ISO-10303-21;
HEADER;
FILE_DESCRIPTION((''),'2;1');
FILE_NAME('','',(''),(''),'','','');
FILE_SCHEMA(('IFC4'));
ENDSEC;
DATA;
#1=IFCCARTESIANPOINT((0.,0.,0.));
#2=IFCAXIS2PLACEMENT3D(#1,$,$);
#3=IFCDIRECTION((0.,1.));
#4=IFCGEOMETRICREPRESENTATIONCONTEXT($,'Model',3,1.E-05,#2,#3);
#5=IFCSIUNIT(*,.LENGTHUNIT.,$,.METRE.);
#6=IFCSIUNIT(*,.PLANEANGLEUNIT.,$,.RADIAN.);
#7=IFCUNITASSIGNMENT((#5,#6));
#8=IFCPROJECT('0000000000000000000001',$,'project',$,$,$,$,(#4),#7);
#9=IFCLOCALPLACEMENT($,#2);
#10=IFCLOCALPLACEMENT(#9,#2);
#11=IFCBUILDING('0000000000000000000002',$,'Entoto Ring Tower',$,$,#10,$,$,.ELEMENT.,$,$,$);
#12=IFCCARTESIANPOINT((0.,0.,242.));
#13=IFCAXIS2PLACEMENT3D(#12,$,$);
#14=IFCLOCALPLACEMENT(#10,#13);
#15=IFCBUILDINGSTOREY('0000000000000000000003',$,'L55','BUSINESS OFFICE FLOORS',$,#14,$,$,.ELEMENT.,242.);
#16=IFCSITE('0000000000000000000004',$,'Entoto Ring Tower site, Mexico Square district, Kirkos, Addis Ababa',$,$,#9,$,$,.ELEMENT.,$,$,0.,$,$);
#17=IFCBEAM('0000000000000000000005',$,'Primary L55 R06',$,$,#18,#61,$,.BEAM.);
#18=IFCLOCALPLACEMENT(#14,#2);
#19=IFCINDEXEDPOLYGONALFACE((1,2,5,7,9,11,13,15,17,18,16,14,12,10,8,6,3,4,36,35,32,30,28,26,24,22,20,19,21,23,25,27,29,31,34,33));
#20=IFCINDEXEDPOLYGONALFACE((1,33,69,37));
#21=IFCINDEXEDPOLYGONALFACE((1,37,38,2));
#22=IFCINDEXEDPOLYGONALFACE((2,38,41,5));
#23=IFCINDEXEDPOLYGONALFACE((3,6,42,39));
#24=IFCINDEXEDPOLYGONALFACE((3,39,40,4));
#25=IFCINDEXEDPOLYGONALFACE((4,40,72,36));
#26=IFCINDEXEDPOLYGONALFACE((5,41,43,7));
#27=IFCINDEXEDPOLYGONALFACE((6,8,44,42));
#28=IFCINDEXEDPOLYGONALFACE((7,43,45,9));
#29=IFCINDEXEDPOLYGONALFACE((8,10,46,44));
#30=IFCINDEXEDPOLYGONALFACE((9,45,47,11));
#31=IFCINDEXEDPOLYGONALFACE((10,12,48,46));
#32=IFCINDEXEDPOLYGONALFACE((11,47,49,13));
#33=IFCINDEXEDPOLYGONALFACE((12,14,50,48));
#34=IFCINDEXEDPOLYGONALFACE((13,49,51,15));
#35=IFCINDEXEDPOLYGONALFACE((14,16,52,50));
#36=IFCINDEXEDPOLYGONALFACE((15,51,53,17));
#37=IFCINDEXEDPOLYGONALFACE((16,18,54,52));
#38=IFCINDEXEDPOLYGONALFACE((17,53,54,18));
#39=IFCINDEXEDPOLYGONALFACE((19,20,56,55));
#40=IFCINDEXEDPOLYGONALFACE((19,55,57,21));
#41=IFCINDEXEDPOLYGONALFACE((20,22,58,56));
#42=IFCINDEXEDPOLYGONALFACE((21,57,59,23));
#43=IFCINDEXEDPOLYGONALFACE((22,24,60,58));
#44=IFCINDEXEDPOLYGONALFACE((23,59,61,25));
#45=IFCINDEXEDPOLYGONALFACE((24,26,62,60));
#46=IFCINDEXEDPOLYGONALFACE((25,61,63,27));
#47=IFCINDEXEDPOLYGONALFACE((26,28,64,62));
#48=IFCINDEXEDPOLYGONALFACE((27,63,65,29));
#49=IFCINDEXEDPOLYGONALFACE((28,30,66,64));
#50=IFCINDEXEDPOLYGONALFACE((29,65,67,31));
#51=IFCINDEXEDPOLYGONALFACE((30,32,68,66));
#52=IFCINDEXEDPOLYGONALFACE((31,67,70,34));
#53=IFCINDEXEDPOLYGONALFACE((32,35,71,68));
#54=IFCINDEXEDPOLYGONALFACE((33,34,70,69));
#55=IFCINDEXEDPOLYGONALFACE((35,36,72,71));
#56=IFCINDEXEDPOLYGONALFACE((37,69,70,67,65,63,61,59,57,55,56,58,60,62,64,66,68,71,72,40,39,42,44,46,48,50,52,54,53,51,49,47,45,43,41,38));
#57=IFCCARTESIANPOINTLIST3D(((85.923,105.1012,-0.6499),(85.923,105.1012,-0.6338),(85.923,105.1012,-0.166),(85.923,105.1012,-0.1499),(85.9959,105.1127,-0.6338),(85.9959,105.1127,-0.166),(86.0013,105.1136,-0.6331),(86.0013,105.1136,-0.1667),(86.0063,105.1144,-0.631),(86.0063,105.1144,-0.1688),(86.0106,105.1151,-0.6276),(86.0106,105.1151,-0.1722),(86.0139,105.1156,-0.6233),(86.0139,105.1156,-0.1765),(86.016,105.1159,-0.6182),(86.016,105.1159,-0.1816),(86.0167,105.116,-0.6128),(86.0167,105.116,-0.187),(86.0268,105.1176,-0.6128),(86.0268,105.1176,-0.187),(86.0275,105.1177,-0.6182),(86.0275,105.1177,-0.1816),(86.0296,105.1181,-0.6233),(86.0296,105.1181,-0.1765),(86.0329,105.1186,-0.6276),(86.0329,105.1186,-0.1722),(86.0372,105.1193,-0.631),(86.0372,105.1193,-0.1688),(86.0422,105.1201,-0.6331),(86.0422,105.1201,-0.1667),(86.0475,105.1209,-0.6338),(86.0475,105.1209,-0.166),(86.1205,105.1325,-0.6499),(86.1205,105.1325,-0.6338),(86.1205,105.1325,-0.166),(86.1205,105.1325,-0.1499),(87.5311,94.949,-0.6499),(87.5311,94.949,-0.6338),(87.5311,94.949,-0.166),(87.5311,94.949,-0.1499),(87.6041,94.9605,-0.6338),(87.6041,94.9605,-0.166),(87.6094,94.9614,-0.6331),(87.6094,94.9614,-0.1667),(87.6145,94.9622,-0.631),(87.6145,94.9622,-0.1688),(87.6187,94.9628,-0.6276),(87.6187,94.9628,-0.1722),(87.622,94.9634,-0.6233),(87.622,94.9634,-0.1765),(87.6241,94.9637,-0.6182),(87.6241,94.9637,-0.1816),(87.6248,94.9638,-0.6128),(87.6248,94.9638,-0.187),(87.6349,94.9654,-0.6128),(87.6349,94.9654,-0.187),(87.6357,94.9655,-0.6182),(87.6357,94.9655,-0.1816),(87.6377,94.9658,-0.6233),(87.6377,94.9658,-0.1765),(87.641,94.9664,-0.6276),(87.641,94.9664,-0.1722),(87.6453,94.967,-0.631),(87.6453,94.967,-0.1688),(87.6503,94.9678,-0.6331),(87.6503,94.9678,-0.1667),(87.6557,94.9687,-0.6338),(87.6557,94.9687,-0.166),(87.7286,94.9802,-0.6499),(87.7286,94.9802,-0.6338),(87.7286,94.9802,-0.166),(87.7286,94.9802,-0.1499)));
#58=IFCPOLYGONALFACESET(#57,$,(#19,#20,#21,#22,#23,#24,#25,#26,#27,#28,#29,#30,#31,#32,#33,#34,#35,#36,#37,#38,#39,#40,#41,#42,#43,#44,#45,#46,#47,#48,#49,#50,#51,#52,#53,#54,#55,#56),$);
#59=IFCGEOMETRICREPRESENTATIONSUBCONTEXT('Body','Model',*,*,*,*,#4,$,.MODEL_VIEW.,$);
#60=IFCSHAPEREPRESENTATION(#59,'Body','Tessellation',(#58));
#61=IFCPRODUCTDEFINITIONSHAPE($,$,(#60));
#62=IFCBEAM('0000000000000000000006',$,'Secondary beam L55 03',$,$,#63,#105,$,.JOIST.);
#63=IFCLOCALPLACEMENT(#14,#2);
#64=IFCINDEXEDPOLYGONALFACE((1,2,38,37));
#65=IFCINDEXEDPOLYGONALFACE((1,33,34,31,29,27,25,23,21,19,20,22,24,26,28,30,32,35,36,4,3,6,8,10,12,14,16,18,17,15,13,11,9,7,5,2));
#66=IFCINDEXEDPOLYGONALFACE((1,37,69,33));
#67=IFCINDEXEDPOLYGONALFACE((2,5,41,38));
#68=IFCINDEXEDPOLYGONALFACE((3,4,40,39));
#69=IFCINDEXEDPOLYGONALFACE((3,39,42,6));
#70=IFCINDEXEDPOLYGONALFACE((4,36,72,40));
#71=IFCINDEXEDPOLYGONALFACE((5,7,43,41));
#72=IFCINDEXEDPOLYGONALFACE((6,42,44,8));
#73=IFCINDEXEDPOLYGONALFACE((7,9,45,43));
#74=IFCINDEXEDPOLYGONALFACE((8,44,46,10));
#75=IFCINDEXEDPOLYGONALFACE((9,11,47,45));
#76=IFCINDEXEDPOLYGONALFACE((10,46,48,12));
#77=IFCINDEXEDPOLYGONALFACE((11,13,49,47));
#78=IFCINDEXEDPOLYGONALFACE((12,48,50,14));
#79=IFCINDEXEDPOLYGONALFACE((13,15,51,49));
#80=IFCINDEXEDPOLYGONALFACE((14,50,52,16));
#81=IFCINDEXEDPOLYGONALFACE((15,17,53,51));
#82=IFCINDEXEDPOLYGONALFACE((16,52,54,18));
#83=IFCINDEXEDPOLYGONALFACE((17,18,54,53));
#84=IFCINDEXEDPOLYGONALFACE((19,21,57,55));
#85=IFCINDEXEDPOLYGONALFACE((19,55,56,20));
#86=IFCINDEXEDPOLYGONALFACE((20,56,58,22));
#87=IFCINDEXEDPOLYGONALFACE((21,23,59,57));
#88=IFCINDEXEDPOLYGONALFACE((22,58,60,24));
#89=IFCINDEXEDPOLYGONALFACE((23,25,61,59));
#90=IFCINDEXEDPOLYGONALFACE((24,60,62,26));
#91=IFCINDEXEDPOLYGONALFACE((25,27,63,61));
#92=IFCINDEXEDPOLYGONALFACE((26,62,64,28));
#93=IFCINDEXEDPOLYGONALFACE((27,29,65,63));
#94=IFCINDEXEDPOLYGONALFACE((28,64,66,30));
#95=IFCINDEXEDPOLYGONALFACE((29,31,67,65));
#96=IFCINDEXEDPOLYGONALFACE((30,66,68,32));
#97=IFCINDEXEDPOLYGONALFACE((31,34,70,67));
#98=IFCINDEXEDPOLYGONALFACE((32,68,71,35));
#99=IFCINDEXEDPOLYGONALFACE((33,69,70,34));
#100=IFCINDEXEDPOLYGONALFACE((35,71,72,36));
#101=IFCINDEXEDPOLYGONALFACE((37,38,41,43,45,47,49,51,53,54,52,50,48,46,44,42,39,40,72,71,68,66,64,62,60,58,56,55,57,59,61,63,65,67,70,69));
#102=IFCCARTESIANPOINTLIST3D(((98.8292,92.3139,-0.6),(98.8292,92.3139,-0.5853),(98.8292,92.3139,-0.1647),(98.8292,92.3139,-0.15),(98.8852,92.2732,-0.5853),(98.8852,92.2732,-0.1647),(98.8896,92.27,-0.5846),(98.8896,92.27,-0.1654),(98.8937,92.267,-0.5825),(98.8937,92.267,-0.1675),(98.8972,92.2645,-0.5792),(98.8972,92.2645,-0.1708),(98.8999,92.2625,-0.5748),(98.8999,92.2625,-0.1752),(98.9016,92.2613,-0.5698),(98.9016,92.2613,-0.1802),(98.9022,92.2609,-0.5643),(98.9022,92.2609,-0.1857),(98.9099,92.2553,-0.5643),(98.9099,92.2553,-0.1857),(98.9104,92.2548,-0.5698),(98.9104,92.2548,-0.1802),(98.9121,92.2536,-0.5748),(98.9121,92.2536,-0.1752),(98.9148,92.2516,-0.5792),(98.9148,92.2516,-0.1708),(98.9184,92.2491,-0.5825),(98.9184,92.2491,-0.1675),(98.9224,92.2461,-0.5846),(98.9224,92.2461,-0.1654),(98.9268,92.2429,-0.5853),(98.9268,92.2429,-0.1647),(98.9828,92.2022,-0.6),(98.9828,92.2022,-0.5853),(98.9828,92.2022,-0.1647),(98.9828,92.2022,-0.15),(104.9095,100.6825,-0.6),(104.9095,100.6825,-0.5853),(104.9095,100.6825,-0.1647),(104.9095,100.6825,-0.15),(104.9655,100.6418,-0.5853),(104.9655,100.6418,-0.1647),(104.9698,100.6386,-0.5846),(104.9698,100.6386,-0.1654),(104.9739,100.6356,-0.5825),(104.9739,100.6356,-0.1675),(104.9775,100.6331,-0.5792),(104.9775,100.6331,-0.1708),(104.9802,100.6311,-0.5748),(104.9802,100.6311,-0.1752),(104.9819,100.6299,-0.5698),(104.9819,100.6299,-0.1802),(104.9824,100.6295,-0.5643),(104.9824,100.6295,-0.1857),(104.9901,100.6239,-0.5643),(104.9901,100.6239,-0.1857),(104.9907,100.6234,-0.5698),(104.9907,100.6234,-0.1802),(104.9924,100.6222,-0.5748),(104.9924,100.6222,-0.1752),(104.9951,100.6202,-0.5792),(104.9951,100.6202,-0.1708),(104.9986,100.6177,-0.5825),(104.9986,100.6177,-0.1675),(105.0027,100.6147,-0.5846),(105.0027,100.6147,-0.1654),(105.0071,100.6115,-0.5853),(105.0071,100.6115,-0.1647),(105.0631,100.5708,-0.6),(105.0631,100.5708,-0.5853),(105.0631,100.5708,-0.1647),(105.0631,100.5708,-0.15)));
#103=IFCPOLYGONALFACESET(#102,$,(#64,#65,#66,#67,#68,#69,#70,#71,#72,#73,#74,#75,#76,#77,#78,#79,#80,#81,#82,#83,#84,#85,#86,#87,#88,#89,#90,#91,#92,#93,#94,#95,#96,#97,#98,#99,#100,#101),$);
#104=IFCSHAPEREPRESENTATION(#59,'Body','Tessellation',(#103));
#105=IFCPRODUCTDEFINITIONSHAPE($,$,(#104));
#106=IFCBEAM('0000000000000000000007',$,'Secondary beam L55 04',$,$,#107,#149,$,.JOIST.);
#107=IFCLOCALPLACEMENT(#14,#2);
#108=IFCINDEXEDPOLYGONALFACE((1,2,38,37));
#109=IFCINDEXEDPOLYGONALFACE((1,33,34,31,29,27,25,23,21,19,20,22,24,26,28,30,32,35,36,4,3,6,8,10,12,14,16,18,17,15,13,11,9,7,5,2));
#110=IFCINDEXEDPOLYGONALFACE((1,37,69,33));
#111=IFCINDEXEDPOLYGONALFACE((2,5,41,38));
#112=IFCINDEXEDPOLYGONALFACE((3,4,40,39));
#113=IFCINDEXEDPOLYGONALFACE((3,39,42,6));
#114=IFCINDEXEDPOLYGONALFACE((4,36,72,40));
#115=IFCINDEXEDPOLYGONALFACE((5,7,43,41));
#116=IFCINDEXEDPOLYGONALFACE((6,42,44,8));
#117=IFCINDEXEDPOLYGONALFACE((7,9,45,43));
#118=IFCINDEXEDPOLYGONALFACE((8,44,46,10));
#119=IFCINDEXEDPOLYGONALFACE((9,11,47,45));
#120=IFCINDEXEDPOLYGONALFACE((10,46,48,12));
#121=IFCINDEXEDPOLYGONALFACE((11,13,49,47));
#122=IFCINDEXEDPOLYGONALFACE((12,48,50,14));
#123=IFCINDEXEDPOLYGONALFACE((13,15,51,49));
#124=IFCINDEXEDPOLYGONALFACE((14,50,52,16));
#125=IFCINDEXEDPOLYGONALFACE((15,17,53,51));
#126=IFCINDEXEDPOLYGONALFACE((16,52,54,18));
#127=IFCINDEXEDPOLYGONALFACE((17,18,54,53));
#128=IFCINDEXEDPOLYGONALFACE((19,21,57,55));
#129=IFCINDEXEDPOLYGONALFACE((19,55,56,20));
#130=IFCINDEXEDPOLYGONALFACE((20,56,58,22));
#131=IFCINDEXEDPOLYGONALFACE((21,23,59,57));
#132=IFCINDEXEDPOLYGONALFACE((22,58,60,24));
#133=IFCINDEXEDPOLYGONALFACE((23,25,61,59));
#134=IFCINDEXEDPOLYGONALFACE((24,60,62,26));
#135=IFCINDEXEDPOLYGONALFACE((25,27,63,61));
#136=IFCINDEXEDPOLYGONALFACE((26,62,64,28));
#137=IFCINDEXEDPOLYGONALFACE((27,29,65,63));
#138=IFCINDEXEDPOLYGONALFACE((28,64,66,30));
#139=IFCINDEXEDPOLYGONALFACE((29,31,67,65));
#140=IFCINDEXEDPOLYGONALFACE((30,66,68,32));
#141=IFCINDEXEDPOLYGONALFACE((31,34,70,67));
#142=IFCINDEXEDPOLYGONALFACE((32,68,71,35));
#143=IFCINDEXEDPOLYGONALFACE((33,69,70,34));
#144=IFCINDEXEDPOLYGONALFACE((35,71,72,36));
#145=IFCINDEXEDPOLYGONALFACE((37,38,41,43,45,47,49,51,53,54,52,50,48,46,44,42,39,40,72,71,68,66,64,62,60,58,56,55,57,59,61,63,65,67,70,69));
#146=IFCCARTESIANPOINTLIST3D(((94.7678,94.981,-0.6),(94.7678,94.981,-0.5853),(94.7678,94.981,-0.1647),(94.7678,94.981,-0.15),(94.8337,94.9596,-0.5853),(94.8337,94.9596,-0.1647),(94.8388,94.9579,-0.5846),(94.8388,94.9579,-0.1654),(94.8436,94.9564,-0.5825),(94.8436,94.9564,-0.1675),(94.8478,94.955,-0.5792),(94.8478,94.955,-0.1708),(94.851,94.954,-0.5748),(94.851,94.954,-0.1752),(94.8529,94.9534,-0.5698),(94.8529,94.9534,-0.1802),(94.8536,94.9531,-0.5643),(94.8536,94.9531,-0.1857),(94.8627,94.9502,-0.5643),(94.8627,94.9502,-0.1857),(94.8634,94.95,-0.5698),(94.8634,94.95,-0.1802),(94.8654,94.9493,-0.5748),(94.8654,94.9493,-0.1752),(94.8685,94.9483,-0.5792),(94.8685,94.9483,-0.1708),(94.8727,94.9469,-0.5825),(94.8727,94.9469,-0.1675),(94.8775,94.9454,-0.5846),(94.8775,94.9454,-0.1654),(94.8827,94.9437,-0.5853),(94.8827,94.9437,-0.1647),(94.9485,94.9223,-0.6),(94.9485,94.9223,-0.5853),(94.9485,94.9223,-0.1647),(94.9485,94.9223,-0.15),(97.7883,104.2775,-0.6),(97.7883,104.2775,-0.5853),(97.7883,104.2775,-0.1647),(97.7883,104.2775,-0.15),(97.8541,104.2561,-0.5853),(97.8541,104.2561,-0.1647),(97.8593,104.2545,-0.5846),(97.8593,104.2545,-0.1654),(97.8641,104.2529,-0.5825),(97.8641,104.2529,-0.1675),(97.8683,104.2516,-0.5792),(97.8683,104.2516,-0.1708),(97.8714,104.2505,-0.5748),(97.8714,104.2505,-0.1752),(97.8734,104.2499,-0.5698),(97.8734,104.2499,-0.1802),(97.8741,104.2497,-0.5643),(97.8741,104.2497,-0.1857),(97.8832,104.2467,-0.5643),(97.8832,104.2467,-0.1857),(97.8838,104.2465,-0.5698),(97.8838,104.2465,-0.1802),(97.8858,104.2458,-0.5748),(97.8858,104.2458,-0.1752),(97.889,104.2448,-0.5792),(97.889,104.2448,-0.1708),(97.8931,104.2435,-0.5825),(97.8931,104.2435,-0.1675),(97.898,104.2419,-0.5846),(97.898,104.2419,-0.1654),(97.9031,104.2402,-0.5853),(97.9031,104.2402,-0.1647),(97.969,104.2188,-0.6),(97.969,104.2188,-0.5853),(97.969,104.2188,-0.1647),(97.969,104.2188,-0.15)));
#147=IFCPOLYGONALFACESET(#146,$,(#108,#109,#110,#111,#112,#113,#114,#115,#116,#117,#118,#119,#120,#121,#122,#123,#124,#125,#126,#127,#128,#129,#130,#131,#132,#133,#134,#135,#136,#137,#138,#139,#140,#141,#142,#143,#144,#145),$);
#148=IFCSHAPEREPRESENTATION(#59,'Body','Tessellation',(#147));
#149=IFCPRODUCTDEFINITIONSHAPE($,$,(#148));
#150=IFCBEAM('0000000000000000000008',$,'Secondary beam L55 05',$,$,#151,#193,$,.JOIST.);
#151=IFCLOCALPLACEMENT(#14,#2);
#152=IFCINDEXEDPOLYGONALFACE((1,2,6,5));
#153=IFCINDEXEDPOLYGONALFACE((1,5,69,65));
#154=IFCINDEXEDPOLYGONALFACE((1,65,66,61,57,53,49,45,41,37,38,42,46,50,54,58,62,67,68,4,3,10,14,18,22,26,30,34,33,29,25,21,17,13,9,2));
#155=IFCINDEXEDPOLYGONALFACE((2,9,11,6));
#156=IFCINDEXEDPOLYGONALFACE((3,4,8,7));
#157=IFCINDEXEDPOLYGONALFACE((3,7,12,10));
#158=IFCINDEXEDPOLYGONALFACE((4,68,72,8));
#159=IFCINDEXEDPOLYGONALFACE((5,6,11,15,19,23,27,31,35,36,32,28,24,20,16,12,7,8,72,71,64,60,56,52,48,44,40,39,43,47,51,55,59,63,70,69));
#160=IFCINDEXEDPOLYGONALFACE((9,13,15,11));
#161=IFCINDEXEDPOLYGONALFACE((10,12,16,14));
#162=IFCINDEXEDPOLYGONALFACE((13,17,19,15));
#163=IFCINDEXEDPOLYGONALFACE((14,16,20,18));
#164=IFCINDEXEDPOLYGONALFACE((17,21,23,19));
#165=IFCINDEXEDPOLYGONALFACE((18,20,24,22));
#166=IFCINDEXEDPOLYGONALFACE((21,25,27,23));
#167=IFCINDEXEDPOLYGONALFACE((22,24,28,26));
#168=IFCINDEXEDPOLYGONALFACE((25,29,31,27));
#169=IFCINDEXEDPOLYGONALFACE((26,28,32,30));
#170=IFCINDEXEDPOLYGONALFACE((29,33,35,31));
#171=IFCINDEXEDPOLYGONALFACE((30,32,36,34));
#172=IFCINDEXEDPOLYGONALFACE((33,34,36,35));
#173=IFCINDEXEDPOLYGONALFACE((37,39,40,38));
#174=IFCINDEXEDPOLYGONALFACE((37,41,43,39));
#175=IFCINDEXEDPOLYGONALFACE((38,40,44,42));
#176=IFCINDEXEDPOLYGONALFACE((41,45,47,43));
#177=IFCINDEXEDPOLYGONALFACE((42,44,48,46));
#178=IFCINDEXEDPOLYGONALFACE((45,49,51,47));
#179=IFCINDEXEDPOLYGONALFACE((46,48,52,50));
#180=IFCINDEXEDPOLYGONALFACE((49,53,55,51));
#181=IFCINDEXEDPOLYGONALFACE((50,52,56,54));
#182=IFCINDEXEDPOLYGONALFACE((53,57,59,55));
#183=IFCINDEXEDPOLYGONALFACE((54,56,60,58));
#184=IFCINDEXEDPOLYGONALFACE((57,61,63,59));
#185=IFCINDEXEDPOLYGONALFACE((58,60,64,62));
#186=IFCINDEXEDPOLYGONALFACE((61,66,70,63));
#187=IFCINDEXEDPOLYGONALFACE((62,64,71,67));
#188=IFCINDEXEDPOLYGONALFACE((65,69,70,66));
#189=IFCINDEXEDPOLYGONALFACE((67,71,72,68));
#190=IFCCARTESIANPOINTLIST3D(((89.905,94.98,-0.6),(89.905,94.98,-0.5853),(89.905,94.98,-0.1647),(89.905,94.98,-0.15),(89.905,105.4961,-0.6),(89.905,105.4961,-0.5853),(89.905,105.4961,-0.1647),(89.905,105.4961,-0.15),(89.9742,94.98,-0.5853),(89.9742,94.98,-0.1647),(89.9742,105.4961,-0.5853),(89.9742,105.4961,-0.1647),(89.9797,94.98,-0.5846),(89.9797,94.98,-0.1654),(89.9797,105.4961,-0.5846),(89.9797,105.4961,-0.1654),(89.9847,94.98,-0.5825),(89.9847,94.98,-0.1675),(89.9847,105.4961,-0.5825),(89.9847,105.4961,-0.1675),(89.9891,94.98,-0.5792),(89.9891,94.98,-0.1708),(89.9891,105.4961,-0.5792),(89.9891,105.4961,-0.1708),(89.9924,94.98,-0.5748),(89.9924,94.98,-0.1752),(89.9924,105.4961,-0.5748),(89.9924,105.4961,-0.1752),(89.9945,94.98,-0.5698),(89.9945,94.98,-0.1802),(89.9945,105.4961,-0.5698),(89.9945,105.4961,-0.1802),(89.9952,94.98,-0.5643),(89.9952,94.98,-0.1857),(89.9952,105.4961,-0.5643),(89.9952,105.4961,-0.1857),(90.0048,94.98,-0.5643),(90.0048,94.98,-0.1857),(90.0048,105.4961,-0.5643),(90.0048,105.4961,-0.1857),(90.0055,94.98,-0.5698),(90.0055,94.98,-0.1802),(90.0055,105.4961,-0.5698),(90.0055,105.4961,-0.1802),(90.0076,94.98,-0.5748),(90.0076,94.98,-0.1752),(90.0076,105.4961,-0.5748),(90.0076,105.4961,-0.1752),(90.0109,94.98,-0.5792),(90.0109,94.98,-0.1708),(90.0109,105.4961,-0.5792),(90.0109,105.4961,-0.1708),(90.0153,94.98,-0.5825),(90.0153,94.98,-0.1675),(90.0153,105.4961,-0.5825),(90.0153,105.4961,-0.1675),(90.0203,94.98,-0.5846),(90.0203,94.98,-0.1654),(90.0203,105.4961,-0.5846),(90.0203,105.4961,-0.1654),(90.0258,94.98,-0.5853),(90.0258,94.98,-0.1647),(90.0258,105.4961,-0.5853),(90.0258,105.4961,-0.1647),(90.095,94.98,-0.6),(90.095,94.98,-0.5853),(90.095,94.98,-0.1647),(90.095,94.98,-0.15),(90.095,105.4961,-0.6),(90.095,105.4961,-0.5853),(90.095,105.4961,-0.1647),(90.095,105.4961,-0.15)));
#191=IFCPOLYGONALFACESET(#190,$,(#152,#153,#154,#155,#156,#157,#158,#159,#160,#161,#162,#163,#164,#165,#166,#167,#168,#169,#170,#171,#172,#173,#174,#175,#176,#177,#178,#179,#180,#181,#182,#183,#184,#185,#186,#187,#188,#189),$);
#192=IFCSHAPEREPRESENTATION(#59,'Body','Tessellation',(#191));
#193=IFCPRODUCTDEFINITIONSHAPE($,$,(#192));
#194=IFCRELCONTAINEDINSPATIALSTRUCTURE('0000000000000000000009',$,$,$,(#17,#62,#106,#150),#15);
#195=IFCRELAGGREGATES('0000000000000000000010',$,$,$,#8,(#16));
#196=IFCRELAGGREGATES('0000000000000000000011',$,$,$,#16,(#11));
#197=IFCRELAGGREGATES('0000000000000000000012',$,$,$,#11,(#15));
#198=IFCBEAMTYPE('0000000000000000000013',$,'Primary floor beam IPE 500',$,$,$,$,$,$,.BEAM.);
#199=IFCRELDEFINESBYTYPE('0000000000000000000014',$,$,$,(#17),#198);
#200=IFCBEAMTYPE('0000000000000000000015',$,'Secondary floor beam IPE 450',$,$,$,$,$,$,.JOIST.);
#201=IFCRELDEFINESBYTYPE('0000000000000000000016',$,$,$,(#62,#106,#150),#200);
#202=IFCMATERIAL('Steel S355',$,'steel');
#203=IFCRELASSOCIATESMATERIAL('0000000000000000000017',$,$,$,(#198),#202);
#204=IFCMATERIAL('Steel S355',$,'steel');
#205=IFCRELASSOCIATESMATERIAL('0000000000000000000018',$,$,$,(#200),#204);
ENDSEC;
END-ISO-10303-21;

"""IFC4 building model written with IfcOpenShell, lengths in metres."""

from ifc_helpers import new_model, si_unit, direction, frame, origin, origin_2d, place, context, subcontext, project, spatial, i_section, extrude, material, material_profile, profile_set, type_object, element, save


model = new_model("IFC4")

# Units and contexts
model_context = context("Model", 3, precision=1e-05, world=origin(), true_north=direction((0.0, 1.0)))
body_context = subcontext(model_context, "Body", "Model", "MODEL_VIEW")
ifc_project = project(units=[si_unit("LENGTHUNIT", "METRE"), si_unit("PLANEANGLEUNIT", "RADIAN")], contexts=[model_context])

# Site, building, storey
site_placement = place(None, origin())
site = spatial("IfcSite", under=ifc_project, at=site_placement, Name="Entoto Ring Tower site, Mexico Square district, Kirkos, Addis Ababa", CompositionType="ELEMENT", RefElevation=0.0)
building_placement = place(site_placement, origin())
building = spatial("IfcBuilding", under=site, at=building_placement, Name="Entoto Ring Tower", CompositionType="ELEMENT")
storey_placement = place(building_placement, frame((0.0, 0.0, 242.0)))
storey = spatial("IfcBuildingStorey", under=building, at=storey_placement, Name="L55", Description="BUSINESS OFFICE FLOORS", CompositionType="ELEMENT", Elevation=242.0)

# Beams
ifc_material_1 = material(Name="Steel S355", Category="steel")
ifc_material_profile_1 = material_profile(ifc_material_1, i_section(OverallWidth=0.2, OverallDepth=0.5, WebThickness=0.0103, FlangeThickness=0.0161, FilletRadius=0.021, at=origin_2d()), Name="IPE 500")
ifc_profile_set_1 = profile_set([ifc_material_profile_1], Name="Steel S355")
beam_type_1 = type_object("IfcBeamType", Name="Primary floor beam IPE 500", PredefinedType="BEAM", material=ifc_profile_set_1)
for number, where, z_axis, x_axis, name in (
    (1, (87.6299, 94.9646, -0.3999), (-0.156452, 0.987686, 0.0), (-0.987686, -0.156452, 0.0), "Primary L55 R06"),
):
    element("IfcBeam", number, at=place(storey_placement, frame(where, z_axis=z_axis, x_axis=x_axis)), inside=storey, type_object=beam_type_1, Name=name, PredefinedType="BEAM", context=body_context, shape_type="SweptSolid", body=[
        extrude(i_section(OverallWidth=0.2, OverallDepth=0.5, WebThickness=0.0103, FlangeThickness=0.0161, FilletRadius=0.021, at=origin_2d()), origin(), (0.0, 0.0, 1.0), 10.2788),
    ])
ifc_material_2 = material(Name="Steel S355", Category="steel")
ifc_material_profile_2 = material_profile(ifc_material_2, i_section(OverallWidth=0.1899, OverallDepth=0.45, WebThickness=0.0095, FlangeThickness=0.0146, FilletRadius=0.021, at=origin_2d()), Name="IPE 450")
ifc_profile_set_2 = profile_set([ifc_material_profile_2], Name="Steel S355")
beam_type_2 = type_object("IfcBeamType", Name="Secondary floor beam IPE 450", PredefinedType="JOIST", material=ifc_profile_set_2)
beam_1_placement = place(storey_placement, frame((98.906, 92.2581, -0.375), z_axis=(0.587794, 0.809011, 0.0), x_axis=(-0.809011, 0.587794, 0.0)))
element("IfcBeam", 2, at=beam_1_placement, inside=storey, type_object=beam_type_2, Name="Secondary beam L55 03", PredefinedType="JOIST", context=body_context, shape_type="SweptSolid", body=[
    extrude(i_section(OverallWidth=0.1899, OverallDepth=0.45, WebThickness=0.0095, FlangeThickness=0.0146, FilletRadius=0.021, at=origin_2d()), origin(), (0.0, 0.0, 1.0), 10.3442),
])
beam_2_placement = place(storey_placement, frame((94.8582, 94.9517, -0.375), z_axis=(0.309003, 0.951061, 0.0), x_axis=(-0.951061, 0.309003, 0.0)))
element("IfcBeam", 3, at=beam_2_placement, inside=storey, type_object=beam_type_2, Name="Secondary beam L55 04", PredefinedType="JOIST", context=body_context, shape_type="SweptSolid", body=[
    extrude(i_section(OverallWidth=0.1899, OverallDepth=0.45, WebThickness=0.0095, FlangeThickness=0.0146, FilletRadius=0.021, at=origin_2d()), origin(), (0.0, 0.0, 1.0), 9.7749),
])
beam_3_placement = place(storey_placement, frame((90.0, 94.98, -0.375), z_axis=(0.0, 1.0, 0.0), x_axis=(-1.0, 0.0, 0.0)))
element("IfcBeam", 4, at=beam_3_placement, inside=storey, type_object=beam_type_2, Name="Secondary beam L55 05", PredefinedType="JOIST", context=body_context, shape_type="SweptSolid", body=[
    extrude(i_section(OverallWidth=0.1899, OverallDepth=0.45, WebThickness=0.0095, FlangeThickness=0.0146, FilletRadius=0.021, at=origin_2d()), origin(), (0.0, 0.0, 1.0), 10.5161),
])

save(model, "model.ifc")
